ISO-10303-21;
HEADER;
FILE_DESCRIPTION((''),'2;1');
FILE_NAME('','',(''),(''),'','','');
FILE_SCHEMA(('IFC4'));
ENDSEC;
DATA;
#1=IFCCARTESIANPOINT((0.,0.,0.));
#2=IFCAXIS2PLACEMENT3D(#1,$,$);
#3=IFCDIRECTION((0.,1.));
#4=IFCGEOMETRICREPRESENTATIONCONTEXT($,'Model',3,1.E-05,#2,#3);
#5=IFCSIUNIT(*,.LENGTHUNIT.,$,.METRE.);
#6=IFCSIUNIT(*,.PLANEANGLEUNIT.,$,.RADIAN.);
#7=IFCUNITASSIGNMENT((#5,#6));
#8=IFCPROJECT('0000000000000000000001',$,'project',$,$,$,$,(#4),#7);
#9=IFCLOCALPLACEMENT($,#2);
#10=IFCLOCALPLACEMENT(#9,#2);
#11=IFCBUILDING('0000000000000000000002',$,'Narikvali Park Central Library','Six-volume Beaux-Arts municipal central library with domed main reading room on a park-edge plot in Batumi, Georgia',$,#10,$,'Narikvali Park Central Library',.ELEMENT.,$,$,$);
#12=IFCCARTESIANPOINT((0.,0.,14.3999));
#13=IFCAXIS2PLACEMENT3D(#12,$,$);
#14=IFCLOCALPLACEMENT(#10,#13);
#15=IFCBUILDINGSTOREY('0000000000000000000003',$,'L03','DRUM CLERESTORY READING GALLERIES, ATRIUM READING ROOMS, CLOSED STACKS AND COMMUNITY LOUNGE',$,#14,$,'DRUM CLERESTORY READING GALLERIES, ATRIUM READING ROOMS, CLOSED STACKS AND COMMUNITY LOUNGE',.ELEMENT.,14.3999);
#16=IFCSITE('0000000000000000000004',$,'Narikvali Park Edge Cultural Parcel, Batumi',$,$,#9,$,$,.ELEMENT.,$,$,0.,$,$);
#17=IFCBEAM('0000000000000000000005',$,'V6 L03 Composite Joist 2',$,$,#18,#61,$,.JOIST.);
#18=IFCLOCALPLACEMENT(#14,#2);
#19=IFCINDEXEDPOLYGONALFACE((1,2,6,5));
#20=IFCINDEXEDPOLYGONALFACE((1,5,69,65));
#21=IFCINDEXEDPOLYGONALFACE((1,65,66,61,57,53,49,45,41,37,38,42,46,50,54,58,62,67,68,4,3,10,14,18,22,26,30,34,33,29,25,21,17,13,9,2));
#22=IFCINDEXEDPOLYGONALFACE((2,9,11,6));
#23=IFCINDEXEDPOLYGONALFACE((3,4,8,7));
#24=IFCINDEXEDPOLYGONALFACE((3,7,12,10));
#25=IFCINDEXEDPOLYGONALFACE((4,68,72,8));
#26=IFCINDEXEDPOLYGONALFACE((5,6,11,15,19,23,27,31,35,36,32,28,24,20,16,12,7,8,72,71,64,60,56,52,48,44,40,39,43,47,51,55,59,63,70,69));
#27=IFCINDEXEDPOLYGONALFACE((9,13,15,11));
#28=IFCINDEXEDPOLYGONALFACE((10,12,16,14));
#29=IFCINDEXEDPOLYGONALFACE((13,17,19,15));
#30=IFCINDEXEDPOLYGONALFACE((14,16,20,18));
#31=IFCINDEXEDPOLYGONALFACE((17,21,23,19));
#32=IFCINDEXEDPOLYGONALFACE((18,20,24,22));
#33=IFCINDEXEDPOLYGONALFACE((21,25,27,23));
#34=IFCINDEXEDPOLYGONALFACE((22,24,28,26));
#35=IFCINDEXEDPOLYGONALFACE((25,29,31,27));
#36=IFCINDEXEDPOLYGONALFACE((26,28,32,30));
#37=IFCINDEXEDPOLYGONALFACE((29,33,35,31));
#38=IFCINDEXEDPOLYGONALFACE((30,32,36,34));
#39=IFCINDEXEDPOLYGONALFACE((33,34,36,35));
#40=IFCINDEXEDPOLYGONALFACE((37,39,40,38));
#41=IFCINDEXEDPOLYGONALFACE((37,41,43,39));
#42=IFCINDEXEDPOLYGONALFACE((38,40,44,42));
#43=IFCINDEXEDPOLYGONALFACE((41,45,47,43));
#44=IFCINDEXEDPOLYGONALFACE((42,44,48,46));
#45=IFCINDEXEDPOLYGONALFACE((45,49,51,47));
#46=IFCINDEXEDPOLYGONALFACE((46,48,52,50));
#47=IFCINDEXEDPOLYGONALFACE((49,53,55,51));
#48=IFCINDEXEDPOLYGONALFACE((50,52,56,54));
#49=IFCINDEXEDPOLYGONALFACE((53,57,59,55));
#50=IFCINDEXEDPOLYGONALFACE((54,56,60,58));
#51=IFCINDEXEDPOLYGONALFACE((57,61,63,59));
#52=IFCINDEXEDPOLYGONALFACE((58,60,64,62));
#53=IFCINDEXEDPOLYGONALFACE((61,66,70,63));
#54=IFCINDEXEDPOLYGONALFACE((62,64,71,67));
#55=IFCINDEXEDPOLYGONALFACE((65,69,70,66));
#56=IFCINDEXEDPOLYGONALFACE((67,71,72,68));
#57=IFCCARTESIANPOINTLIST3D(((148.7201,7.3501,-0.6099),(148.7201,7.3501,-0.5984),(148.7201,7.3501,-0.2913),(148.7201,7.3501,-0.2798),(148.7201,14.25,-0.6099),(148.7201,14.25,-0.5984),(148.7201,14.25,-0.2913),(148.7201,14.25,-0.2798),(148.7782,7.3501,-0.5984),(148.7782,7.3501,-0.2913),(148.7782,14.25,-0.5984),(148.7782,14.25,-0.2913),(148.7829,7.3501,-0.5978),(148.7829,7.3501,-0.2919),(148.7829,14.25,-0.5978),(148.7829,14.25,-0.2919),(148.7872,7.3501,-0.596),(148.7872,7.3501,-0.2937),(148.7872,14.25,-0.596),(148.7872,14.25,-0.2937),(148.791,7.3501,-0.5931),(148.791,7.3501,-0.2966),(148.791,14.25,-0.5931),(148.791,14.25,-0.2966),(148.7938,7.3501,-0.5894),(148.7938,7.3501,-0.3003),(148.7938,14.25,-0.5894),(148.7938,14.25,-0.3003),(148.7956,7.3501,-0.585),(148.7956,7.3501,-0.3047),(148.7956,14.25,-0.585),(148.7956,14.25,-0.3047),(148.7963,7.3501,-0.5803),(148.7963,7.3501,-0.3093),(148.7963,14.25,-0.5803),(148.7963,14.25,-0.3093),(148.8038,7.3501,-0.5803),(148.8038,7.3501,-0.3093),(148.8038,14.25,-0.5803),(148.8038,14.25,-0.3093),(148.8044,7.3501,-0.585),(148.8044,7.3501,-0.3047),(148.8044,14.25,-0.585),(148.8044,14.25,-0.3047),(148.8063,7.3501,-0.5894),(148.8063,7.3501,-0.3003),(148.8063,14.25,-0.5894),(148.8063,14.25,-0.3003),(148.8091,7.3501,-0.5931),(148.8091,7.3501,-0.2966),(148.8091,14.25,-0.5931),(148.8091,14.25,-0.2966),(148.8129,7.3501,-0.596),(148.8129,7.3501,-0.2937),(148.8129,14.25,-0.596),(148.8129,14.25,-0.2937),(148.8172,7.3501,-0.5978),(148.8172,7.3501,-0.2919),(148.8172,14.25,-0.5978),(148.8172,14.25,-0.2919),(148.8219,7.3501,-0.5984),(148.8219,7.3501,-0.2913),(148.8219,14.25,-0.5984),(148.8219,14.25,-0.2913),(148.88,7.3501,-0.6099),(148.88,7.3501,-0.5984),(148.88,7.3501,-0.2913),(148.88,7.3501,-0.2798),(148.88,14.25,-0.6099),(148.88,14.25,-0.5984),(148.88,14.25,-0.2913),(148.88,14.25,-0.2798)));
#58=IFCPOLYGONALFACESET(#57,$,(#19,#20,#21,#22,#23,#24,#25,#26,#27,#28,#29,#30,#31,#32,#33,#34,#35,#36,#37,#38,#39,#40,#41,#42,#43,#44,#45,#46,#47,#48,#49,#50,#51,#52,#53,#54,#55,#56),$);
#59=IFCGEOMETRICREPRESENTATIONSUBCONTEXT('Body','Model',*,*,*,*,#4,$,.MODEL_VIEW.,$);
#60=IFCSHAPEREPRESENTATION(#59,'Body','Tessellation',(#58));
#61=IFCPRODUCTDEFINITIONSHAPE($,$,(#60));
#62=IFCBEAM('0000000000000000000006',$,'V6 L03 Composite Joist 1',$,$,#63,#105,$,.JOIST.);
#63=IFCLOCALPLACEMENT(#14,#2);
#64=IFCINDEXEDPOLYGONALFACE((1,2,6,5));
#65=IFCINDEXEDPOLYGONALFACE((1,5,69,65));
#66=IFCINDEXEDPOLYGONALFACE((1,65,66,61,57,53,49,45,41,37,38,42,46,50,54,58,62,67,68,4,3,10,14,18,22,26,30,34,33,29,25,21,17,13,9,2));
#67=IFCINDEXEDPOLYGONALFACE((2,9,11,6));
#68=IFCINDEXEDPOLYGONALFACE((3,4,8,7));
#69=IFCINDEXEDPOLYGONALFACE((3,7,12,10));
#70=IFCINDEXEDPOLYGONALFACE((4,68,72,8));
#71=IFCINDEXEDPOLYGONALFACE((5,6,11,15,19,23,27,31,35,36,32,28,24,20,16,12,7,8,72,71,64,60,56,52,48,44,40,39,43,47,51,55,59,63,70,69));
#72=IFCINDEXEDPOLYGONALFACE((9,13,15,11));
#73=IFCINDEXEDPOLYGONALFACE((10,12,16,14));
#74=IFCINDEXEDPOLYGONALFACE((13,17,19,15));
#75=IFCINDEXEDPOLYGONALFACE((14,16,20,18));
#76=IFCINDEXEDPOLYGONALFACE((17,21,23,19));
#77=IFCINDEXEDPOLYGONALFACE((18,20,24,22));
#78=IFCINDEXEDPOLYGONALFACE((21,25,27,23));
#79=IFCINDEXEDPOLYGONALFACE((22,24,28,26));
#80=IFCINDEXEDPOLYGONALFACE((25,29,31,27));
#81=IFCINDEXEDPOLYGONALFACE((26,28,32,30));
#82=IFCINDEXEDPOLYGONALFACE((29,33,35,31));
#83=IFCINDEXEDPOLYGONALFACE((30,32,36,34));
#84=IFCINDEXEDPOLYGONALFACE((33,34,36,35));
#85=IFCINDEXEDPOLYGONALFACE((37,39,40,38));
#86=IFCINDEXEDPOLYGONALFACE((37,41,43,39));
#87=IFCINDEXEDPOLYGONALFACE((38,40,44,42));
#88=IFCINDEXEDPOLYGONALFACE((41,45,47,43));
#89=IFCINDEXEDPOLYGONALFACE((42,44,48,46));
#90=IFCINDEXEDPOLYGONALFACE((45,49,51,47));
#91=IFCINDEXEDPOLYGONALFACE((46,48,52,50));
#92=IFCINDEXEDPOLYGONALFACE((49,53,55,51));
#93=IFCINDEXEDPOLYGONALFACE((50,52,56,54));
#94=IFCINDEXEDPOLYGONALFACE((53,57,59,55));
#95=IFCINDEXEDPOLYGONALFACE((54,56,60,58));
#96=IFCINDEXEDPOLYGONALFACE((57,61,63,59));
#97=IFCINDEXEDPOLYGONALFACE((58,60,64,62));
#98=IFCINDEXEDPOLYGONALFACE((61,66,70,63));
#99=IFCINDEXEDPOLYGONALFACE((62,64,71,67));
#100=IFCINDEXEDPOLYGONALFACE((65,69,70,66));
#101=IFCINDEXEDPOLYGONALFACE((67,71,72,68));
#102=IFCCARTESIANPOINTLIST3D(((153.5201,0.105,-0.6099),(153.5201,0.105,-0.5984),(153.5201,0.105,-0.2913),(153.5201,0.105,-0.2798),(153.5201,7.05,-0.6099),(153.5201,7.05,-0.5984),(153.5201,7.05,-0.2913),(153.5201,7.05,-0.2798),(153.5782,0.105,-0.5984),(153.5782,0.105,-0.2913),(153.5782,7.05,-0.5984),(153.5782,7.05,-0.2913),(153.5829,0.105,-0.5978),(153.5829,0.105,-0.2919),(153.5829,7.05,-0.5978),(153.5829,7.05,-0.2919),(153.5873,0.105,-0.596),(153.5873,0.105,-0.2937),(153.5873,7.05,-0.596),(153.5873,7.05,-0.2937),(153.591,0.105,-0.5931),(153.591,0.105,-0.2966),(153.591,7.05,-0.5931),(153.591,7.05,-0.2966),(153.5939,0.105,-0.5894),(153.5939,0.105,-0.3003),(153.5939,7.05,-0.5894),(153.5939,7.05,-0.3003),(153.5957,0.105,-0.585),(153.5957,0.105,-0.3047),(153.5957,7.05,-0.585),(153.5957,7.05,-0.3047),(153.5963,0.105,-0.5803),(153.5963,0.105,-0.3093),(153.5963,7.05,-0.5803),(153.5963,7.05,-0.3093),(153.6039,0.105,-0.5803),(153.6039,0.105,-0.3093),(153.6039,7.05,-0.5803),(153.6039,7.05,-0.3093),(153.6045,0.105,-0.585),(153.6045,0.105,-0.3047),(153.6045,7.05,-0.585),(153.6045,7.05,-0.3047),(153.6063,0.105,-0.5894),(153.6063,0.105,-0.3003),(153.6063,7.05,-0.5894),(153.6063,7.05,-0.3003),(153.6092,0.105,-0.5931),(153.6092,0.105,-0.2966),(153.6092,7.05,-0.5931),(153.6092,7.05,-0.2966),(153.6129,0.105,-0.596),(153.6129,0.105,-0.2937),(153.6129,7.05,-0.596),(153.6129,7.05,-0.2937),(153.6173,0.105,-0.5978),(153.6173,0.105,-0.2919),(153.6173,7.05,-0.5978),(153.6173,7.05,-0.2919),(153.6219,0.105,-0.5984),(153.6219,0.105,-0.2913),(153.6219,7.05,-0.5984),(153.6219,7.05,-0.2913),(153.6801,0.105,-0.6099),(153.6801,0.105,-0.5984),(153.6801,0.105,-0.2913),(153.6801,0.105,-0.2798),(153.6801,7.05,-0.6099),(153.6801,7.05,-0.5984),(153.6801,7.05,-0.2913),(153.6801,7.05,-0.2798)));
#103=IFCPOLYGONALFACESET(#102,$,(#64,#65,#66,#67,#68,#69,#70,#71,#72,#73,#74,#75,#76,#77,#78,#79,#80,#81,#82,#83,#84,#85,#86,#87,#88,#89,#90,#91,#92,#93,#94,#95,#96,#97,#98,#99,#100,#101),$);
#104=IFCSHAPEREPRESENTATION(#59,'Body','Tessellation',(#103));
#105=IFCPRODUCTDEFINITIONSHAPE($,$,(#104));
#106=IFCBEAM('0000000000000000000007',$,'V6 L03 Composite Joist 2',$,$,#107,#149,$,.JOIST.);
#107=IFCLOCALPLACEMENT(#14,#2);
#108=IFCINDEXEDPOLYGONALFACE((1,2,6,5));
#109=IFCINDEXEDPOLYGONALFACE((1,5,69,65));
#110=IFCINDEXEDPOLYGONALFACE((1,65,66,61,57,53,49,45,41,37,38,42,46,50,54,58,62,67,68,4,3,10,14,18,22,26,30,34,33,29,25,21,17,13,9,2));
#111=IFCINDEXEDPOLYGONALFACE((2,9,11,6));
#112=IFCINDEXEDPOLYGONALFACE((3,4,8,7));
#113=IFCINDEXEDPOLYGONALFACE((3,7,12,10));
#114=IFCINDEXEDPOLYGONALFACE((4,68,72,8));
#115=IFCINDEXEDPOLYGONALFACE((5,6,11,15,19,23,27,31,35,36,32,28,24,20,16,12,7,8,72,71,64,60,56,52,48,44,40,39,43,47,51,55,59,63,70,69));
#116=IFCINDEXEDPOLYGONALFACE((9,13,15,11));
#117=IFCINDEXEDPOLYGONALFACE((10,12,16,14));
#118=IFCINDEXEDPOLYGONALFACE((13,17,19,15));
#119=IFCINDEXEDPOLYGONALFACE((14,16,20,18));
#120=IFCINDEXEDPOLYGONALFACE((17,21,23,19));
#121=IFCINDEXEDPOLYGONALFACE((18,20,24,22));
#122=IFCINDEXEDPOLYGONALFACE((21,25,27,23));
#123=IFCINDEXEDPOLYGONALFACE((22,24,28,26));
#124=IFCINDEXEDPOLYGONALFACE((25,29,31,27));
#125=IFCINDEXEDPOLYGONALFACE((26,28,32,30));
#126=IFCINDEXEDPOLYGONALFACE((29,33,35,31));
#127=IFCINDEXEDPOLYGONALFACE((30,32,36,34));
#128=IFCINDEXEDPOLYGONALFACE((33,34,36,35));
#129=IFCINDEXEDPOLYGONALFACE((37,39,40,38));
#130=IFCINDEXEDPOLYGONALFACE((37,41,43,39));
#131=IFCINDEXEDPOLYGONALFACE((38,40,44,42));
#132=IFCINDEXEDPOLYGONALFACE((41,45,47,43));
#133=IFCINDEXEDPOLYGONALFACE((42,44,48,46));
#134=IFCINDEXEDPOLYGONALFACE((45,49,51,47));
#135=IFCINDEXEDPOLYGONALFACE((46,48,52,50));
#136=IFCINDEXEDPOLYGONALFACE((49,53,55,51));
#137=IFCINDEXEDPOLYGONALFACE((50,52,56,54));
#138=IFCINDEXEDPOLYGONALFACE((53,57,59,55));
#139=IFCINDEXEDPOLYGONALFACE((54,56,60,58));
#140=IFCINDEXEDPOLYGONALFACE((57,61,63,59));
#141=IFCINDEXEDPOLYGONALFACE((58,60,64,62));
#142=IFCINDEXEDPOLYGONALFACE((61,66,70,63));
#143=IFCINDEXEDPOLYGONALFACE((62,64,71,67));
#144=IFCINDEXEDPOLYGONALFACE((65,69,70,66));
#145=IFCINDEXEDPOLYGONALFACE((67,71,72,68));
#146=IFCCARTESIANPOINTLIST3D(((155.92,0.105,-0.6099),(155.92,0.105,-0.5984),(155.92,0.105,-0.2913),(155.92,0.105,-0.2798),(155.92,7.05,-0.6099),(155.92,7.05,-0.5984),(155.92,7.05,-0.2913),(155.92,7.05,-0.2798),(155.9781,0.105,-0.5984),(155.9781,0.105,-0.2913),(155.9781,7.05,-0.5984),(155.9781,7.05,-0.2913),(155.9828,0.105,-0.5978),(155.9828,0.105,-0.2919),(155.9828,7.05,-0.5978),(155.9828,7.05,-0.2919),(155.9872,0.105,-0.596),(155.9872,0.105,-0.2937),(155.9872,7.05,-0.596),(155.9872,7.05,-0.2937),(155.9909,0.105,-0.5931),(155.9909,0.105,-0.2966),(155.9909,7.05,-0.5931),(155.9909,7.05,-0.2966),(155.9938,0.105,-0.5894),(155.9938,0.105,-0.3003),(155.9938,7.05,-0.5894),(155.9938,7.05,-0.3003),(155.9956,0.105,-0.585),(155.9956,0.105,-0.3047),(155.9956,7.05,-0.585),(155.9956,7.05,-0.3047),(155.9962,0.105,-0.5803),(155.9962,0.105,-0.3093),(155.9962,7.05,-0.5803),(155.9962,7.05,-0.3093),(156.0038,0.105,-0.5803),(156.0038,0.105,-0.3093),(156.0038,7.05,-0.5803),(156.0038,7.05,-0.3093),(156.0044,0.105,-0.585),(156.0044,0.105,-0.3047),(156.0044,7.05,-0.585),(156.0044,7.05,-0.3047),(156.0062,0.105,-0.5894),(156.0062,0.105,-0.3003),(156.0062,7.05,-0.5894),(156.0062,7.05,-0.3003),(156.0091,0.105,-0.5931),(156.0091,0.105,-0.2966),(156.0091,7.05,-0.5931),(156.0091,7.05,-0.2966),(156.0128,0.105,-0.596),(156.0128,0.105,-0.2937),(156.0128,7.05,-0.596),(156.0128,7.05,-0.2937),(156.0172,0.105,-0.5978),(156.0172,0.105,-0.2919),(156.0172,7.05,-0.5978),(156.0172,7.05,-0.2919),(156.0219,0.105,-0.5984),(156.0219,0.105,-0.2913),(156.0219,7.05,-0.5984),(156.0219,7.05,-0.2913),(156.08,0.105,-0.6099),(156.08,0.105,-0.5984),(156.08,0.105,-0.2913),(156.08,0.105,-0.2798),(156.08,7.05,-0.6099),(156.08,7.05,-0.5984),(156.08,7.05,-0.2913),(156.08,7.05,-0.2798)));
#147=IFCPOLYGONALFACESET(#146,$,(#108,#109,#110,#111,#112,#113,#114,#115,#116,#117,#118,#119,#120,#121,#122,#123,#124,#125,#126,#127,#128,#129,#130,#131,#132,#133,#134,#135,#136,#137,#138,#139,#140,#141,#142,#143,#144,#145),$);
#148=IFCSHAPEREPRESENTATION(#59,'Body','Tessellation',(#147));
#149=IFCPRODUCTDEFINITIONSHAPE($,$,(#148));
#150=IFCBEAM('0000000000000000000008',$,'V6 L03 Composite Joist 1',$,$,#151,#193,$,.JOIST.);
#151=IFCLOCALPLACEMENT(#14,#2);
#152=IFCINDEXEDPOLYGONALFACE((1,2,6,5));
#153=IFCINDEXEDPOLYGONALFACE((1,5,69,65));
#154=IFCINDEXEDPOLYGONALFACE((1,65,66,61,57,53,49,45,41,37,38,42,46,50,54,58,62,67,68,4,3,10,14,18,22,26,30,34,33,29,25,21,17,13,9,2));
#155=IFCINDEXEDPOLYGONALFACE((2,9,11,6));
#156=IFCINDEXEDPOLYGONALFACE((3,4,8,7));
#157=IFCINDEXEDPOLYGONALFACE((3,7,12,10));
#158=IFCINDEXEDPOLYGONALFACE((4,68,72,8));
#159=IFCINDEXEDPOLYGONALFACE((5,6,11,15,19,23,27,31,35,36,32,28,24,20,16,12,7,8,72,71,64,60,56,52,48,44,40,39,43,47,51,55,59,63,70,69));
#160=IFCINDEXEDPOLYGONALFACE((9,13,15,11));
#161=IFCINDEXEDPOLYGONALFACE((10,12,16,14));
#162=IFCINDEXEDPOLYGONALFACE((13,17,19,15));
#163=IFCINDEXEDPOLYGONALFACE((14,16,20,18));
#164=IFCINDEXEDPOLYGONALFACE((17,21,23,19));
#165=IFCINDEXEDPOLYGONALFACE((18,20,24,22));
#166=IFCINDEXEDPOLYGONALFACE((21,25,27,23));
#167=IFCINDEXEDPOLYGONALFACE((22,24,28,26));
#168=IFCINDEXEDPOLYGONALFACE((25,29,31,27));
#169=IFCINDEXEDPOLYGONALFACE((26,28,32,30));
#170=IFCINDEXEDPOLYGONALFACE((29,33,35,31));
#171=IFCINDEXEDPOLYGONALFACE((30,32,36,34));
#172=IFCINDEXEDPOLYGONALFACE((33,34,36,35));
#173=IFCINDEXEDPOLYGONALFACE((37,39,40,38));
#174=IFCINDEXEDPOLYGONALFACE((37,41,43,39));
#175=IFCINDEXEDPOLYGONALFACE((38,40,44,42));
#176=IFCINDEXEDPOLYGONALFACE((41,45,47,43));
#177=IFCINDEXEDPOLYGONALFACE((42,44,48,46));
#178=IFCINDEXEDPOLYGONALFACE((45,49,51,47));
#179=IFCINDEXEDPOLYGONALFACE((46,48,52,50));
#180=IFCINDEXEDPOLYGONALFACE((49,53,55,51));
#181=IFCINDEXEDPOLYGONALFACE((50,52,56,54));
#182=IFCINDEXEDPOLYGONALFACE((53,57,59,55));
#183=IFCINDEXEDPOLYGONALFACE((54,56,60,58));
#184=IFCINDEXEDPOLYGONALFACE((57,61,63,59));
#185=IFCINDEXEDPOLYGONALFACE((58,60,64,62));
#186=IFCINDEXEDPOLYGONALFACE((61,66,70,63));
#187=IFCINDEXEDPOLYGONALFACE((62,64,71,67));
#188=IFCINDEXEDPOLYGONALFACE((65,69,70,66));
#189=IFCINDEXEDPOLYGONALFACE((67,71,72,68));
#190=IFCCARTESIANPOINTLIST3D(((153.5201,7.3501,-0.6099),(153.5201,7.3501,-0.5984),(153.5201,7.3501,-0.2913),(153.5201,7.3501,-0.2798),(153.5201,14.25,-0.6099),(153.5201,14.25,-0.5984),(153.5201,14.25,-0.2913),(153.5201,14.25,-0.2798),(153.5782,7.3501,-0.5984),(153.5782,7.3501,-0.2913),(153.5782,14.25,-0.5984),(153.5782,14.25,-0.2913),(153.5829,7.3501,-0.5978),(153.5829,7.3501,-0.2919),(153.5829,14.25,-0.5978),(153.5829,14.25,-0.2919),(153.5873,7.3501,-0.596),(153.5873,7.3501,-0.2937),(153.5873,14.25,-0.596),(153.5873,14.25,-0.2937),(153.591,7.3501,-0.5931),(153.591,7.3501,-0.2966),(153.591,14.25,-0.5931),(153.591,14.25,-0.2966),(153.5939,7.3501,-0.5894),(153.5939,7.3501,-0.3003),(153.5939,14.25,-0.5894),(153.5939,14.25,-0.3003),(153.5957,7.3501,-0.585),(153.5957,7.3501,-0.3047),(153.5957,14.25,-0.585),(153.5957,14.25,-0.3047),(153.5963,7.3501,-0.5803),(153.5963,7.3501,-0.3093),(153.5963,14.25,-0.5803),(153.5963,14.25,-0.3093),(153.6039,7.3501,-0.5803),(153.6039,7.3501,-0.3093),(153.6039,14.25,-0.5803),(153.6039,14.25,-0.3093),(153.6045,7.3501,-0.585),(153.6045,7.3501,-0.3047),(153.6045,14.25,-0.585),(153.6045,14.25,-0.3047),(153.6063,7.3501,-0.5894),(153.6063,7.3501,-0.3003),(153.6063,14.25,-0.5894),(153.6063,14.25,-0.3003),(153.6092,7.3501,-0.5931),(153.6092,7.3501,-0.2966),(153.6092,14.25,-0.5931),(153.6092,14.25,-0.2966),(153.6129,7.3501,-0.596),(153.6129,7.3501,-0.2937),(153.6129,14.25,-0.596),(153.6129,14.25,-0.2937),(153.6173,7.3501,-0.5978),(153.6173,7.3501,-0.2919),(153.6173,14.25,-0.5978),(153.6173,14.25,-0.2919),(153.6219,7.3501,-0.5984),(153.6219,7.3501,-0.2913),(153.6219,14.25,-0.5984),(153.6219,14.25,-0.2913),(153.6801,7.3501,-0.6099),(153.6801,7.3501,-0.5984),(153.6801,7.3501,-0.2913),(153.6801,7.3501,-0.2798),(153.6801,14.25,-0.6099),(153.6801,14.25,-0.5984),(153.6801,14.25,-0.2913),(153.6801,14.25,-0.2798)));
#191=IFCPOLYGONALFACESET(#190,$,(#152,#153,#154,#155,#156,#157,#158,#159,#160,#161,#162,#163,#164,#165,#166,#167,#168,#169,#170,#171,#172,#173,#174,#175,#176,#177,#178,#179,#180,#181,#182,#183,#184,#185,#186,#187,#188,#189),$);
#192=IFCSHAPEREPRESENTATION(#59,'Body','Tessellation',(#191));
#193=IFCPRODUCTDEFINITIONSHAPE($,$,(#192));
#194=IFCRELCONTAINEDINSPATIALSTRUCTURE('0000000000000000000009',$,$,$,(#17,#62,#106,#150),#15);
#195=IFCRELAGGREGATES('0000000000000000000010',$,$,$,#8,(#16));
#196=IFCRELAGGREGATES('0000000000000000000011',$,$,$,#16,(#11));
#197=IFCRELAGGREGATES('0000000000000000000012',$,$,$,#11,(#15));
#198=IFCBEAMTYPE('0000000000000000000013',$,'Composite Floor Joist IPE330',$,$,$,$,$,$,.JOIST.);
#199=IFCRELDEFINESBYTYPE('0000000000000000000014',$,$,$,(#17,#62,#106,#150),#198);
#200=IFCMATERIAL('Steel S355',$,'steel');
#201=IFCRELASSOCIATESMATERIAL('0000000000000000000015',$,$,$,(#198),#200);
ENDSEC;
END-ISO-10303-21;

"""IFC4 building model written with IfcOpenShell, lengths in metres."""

from ifc_helpers import new_model, si_unit, direction, frame, origin, origin_2d, place, context, subcontext, project, spatial, i_section, extrude, material, material_profile, profile_set, type_object, element, save


model = new_model("IFC4")

# Units and contexts
model_context = context("Model", 3, precision=1e-05, world=origin(), true_north=direction((0.0, 1.0)))
body_context = subcontext(model_context, "Body", "Model", "MODEL_VIEW")
ifc_project = project(units=[si_unit("LENGTHUNIT", "METRE"), si_unit("PLANEANGLEUNIT", "RADIAN")], contexts=[model_context])

# Site, building, storey
site_placement = place(None, origin())
site = spatial("IfcSite", under=ifc_project, at=site_placement, Name="Narikvali Park Edge Cultural Parcel, Batumi", CompositionType="ELEMENT", RefElevation=0.0)
building_placement = place(site_placement, origin())
building = spatial("IfcBuilding", under=site, at=building_placement, Name="Narikvali Park Central Library", Description="Six-volume Beaux-Arts municipal central library with domed main reading room on a park-edge plot in Batumi, Georgia", LongName="Narikvali Park Central Library", CompositionType="ELEMENT")
storey_placement = place(building_placement, frame((0.0, 0.0, 14.3999)))
storey = spatial("IfcBuildingStorey", under=building, at=storey_placement, Name="L03", Description="DRUM CLERESTORY READING GALLERIES, ATRIUM READING ROOMS, CLOSED STACKS AND COMMUNITY LOUNGE", LongName="DRUM CLERESTORY READING GALLERIES, ATRIUM READING ROOMS, CLOSED STACKS AND COMMUNITY LOUNGE", CompositionType="ELEMENT", Elevation=14.3999)

# Shared definitions
ifc_material_1 = material(Name="Steel S355", Category="steel")

# Beams
ifc_material_profile_1 = material_profile(ifc_material_1, i_section(OverallWidth=0.1599, OverallDepth=0.3301, WebThickness=0.0076, FlangeThickness=0.0115, FilletRadius=0.0181, at=origin_2d()), Name="IPE 330")
ifc_profile_set_1 = profile_set([ifc_material_profile_1], Name="Steel S355")
beam_type_1 = type_object("IfcBeamType", Name="Composite Floor Joist IPE330", PredefinedType="JOIST", material=ifc_profile_set_1)
for number, where, z_axis, x_axis, name in (
    (1, (148.8, 7.3501, -0.4448), (0.0, 1.0, 0.0), (-1.0, 0.0, 0.0), "V6 L03 Composite Joist 2"),
):
    element("IfcBeam", number, at=place(storey_placement, frame(where, z_axis=z_axis, x_axis=x_axis)), inside=storey, type_object=beam_type_1, Name=name, PredefinedType="JOIST", context=body_context, shape_type="SweptSolid", body=[
        extrude(i_section(OverallWidth=0.1599, OverallDepth=0.3301, WebThickness=0.0076, FlangeThickness=0.0115, FilletRadius=0.0181, at=origin_2d()), origin(), (0.0, 0.0, 1.0), 6.8999),
    ])
for number, where, z_axis, x_axis, name in (
    (2, (153.6001, 0.105, -0.4448), (0.0, 1.0, 0.0), (-1.0, 0.0, 0.0), "V6 L03 Composite Joist 1"),
    (3, (156.0, 0.105, -0.4448), (0.0, 1.0, 0.0), (-1.0, 0.0, 0.0), "V6 L03 Composite Joist 2"),
):
    element("IfcBeam", number, at=place(storey_placement, frame(where, z_axis=z_axis, x_axis=x_axis)), inside=storey, type_object=beam_type_1, Name=name, PredefinedType="JOIST", context=body_context, shape_type="SweptSolid", body=[
        extrude(i_section(OverallWidth=0.1599, OverallDepth=0.3301, WebThickness=0.0076, FlangeThickness=0.0115, FilletRadius=0.0181, at=origin_2d()), origin(), (0.0, 0.0, 1.0), 6.9451),
    ])
for number, where, z_axis, x_axis, name in (
    (4, (153.6001, 7.3501, -0.4448), (0.0, 1.0, 0.0), (-1.0, 0.0, 0.0), "V6 L03 Composite Joist 1"),
):
    element("IfcBeam", number, at=place(storey_placement, frame(where, z_axis=z_axis, x_axis=x_axis)), inside=storey, type_object=beam_type_1, Name=name, PredefinedType="JOIST", context=body_context, shape_type="SweptSolid", body=[
        extrude(i_section(OverallWidth=0.1599, OverallDepth=0.3301, WebThickness=0.0076, FlangeThickness=0.0115, FilletRadius=0.0181, at=origin_2d()), origin(), (0.0, 0.0, 1.0), 6.8999),
    ])

save(model, "model.ifc")
